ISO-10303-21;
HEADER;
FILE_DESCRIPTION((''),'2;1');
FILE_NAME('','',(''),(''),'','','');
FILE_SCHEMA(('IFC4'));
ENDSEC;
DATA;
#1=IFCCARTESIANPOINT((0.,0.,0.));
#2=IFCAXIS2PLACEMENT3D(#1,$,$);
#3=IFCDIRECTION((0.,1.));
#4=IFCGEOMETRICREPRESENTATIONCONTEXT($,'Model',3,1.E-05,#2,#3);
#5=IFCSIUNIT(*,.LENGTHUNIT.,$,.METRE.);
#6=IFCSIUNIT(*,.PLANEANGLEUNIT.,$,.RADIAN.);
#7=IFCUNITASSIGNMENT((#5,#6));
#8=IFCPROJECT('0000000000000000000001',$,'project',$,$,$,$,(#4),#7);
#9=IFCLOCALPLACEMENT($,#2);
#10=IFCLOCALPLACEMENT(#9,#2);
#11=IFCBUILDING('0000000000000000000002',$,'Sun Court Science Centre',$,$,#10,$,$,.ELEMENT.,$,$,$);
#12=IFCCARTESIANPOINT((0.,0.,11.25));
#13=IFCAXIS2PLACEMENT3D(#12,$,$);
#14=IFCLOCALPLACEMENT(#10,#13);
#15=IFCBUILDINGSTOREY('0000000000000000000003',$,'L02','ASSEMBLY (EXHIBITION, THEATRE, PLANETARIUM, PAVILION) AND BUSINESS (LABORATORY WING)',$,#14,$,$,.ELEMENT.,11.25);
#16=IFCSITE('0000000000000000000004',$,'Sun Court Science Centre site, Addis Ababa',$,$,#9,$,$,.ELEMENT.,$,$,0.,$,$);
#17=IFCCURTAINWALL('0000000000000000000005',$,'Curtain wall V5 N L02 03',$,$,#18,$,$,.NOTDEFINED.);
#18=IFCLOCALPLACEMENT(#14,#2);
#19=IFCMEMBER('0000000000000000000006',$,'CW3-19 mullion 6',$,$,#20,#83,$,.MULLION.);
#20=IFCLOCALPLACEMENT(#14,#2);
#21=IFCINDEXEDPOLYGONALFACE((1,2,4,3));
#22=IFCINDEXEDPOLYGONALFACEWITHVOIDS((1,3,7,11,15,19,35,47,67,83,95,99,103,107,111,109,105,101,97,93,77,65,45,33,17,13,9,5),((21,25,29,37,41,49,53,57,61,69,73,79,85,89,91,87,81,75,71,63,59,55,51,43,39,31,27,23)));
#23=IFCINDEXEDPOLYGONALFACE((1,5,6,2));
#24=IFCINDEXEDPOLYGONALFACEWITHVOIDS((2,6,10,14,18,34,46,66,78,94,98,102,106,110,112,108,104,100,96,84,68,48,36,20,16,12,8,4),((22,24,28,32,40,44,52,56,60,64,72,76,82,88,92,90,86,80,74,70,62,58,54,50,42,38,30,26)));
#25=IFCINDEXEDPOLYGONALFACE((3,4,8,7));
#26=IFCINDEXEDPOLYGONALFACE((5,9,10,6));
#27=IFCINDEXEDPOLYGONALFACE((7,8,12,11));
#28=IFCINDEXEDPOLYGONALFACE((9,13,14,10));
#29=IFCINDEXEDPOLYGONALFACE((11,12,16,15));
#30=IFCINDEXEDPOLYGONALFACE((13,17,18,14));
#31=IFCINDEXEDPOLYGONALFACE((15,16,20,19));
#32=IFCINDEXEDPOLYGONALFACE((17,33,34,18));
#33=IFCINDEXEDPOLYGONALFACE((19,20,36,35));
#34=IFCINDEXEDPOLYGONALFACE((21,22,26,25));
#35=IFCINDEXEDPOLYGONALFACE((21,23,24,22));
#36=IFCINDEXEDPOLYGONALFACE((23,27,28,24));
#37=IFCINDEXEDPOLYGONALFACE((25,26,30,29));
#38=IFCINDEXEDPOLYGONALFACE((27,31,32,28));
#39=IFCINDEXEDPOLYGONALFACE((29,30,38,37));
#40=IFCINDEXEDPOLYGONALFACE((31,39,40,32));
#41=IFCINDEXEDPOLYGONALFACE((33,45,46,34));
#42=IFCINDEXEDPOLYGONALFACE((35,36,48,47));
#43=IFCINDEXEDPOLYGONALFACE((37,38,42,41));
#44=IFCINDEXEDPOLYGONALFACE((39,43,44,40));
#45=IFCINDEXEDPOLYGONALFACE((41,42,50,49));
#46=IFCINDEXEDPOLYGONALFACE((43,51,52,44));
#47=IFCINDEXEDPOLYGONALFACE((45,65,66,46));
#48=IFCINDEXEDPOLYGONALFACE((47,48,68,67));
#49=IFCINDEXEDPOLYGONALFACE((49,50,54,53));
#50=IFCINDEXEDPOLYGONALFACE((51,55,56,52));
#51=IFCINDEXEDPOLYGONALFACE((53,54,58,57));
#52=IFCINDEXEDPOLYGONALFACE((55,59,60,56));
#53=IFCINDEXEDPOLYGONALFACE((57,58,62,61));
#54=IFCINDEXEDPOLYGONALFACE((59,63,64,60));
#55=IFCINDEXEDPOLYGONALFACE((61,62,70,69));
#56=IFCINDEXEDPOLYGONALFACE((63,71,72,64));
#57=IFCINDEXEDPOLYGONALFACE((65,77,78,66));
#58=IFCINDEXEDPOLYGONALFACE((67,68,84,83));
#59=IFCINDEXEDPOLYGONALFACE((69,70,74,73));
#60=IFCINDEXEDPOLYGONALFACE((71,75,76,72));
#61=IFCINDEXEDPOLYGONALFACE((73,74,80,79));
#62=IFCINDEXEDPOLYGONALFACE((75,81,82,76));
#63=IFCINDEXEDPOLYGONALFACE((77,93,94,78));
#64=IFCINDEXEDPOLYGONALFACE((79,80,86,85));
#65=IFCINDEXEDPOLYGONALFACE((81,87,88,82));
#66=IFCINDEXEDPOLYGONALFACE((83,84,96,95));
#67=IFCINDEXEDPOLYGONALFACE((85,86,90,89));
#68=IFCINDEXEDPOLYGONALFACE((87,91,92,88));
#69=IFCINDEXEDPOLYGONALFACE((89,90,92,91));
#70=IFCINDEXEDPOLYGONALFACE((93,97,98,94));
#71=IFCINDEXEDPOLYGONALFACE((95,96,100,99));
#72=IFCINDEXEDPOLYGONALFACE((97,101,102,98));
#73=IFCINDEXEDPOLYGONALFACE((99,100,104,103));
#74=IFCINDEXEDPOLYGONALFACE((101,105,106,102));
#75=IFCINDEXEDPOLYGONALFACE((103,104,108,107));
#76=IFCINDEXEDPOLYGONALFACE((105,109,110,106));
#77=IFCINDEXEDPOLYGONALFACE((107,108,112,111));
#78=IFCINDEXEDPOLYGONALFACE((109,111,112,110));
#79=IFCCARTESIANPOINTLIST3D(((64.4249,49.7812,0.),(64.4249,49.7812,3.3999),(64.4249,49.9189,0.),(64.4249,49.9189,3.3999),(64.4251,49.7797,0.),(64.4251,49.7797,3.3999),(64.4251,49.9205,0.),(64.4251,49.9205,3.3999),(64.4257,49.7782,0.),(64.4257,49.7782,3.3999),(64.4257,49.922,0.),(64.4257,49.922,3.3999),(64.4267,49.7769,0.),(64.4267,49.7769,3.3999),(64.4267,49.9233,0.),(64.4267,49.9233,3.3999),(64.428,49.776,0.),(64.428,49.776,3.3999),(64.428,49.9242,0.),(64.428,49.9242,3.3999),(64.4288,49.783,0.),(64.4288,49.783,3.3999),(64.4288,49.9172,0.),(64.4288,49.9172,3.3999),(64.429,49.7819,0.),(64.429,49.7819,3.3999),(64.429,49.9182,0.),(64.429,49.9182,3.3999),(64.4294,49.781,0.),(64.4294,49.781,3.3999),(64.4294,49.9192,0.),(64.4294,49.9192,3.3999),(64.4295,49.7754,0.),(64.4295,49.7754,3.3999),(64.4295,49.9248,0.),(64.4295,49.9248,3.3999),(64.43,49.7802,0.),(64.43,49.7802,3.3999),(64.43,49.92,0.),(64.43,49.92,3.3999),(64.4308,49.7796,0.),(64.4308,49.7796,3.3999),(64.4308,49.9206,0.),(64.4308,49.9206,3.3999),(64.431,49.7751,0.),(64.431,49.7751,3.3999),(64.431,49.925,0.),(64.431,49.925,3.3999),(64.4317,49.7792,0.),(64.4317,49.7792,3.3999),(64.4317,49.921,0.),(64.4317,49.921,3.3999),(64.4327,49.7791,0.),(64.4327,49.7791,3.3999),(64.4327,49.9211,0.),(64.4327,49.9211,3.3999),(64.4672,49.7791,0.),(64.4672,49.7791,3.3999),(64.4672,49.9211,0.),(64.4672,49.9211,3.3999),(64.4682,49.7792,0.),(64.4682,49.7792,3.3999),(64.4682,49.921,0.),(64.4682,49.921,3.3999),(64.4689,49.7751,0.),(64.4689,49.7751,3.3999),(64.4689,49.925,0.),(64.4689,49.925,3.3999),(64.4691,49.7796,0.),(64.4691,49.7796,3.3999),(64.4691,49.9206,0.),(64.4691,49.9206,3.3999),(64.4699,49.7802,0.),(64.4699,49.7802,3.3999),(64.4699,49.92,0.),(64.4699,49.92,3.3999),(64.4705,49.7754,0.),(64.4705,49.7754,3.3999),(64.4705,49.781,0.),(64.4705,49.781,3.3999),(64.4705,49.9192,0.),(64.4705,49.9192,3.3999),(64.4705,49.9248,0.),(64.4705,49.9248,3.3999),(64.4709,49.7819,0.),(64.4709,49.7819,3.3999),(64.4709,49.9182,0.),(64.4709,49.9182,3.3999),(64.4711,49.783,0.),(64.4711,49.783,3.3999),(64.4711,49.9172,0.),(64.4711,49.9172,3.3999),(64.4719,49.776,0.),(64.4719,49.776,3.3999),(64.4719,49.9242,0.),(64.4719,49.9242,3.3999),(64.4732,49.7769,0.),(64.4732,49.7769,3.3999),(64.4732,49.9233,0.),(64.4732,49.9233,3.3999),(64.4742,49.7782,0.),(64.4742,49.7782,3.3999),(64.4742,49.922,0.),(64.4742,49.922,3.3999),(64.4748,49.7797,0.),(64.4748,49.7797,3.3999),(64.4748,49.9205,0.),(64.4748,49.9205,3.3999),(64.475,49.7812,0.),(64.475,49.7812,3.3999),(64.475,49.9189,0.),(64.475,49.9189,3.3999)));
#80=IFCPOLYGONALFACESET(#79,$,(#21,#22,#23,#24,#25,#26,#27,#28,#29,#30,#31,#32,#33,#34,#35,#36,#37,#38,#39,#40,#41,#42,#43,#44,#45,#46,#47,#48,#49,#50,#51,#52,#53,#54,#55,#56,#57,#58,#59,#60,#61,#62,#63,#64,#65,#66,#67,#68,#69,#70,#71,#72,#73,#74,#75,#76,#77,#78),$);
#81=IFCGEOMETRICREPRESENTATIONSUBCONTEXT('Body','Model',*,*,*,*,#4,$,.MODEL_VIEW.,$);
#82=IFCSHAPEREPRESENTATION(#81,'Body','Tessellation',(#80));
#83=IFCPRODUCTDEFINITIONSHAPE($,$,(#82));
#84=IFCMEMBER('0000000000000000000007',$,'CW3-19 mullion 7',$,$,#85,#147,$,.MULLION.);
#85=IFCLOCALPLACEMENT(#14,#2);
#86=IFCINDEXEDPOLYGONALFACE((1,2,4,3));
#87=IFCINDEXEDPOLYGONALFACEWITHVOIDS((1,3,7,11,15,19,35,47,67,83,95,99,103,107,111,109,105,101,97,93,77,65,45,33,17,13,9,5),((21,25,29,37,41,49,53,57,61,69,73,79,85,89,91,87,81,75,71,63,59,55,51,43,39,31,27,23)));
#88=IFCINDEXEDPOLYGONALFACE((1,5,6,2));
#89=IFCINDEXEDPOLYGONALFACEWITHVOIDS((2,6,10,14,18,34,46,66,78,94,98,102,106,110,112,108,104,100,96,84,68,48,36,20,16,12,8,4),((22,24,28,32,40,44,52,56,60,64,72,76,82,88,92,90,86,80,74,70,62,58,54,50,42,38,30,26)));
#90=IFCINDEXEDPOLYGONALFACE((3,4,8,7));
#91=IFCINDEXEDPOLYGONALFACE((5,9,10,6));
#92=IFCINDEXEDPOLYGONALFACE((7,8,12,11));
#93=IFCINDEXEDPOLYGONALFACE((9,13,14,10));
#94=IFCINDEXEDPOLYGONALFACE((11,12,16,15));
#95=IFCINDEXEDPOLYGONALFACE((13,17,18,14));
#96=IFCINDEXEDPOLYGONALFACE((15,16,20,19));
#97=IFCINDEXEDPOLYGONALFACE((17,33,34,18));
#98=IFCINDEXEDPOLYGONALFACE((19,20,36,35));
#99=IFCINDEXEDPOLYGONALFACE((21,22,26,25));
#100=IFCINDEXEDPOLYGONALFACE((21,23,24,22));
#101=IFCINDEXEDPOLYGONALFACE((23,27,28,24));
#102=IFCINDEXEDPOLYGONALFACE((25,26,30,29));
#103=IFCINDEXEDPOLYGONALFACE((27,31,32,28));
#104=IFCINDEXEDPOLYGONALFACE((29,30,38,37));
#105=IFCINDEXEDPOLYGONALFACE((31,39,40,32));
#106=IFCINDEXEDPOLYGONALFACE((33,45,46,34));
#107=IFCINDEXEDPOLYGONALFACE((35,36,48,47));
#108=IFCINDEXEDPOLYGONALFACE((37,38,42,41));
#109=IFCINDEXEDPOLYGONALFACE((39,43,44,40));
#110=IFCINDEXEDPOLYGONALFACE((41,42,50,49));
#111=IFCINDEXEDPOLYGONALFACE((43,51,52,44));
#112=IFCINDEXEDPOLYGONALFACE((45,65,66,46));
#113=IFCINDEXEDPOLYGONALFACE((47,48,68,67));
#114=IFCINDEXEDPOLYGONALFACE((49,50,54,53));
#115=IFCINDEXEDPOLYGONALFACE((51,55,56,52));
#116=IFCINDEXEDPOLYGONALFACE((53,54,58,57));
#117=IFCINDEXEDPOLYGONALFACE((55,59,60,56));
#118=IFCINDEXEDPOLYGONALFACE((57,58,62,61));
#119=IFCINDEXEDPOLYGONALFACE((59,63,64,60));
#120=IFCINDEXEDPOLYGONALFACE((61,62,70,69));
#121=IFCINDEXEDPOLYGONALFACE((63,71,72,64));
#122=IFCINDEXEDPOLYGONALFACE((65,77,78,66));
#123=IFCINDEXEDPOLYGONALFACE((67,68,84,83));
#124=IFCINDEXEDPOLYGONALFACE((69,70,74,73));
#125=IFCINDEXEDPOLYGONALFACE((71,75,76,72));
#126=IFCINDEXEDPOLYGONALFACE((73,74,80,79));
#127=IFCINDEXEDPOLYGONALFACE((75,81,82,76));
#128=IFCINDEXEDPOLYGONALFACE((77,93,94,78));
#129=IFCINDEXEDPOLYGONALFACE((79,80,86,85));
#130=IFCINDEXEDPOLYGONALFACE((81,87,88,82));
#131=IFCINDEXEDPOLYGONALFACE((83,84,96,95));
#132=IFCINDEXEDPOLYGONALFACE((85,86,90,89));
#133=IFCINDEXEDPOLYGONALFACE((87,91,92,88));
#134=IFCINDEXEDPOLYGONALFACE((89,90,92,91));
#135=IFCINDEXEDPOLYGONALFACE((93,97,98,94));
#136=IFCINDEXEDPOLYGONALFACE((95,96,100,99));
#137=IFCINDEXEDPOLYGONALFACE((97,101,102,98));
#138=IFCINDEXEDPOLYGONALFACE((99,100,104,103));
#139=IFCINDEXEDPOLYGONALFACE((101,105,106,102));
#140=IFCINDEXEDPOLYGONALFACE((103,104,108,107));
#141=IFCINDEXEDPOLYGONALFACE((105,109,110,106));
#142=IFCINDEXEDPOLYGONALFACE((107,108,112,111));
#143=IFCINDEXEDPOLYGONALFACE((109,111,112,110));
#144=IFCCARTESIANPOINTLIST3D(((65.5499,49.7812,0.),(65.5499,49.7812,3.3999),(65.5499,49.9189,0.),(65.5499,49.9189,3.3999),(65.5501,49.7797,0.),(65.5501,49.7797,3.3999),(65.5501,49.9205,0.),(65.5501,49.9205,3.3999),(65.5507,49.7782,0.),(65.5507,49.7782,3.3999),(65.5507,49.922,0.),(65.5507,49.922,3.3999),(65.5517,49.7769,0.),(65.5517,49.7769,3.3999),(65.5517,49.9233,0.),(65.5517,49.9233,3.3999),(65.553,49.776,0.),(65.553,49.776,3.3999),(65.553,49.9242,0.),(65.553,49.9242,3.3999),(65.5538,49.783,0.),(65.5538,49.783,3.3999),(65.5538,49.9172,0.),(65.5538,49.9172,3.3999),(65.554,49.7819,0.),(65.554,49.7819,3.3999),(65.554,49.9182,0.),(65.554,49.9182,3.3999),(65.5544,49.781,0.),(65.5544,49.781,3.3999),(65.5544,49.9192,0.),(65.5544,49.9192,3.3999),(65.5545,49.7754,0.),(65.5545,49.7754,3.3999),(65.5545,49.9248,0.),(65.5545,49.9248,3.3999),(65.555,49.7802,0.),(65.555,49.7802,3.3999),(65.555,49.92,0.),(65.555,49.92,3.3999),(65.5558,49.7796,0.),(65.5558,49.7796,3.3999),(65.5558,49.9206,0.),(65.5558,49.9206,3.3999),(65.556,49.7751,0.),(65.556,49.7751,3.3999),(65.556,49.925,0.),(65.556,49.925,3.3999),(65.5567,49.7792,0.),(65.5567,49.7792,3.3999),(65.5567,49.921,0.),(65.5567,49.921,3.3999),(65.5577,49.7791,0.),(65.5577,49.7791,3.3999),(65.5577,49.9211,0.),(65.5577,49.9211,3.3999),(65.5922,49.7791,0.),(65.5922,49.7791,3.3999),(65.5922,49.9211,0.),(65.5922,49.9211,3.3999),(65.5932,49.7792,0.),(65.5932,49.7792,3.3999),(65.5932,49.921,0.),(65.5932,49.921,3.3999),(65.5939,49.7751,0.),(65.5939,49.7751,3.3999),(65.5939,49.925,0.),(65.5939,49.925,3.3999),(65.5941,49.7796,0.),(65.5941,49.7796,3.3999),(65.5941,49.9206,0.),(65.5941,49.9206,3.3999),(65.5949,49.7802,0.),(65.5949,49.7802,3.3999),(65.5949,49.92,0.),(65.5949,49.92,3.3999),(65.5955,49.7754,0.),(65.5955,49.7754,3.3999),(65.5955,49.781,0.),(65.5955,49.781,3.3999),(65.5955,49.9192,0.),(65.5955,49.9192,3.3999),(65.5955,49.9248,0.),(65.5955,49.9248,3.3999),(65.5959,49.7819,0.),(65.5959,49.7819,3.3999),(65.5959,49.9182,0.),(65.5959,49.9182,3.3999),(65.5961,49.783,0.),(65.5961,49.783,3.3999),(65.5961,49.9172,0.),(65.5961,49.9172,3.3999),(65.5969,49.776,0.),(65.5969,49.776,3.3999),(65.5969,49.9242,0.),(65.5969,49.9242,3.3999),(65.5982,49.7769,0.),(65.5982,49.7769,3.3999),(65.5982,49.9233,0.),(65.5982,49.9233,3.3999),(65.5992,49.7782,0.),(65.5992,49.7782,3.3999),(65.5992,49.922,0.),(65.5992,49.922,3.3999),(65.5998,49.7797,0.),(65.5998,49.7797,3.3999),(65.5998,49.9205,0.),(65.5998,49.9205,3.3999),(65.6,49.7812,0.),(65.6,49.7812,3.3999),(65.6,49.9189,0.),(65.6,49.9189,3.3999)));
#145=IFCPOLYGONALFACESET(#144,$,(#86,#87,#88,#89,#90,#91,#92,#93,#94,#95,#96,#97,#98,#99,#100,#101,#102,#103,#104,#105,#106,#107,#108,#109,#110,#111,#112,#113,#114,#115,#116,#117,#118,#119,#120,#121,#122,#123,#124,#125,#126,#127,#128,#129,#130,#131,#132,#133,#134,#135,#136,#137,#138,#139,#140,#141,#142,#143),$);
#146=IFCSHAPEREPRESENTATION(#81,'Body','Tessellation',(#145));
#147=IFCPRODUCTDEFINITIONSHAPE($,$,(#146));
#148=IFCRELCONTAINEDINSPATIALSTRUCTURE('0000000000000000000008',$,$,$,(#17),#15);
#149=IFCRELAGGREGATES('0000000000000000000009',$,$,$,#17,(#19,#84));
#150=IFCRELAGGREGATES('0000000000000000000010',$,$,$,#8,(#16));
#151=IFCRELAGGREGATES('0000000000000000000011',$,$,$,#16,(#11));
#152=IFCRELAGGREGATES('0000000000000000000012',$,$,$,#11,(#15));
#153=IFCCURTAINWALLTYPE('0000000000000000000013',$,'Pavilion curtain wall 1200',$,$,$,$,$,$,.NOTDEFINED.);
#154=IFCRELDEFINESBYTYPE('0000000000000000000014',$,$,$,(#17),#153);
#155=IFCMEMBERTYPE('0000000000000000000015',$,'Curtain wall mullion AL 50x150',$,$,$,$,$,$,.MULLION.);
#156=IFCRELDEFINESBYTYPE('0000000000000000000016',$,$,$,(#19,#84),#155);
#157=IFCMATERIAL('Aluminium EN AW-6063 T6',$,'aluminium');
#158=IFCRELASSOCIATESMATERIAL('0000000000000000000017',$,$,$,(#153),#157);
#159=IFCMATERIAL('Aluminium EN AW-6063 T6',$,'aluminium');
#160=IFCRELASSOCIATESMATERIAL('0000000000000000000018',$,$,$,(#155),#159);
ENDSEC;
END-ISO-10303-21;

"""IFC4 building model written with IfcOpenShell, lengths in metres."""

from ifc_helpers import new_model, si_unit, direction, frame, origin, origin_2d, place, context, subcontext, project, spatial, hollow_rectangle, extrude, material, material_profile, profile_set, type_object, element, aggregate, save


model = new_model("IFC4")

# Units and contexts
model_context = context("Model", 3, precision=1e-05, world=origin(), true_north=direction((0.0, 1.0)))
body_context = subcontext(model_context, "Body", "Model", "MODEL_VIEW")
ifc_project = project(units=[si_unit("LENGTHUNIT", "METRE"), si_unit("PLANEANGLEUNIT", "RADIAN")], contexts=[model_context])

# Site, building, storey
site_placement = place(None, origin())
site = spatial("IfcSite", under=ifc_project, at=site_placement, Name="Sun Court Science Centre site, Addis Ababa", CompositionType="ELEMENT", RefElevation=0.0)
building_placement = place(site_placement, origin())
building = spatial("IfcBuilding", under=site, at=building_placement, Name="Sun Court Science Centre", CompositionType="ELEMENT")
storey_placement = place(building_placement, frame((0.0, 0.0, 11.25)))
storey = spatial("IfcBuildingStorey", under=building, at=storey_placement, Name="L02", Description="ASSEMBLY (EXHIBITION, THEATRE, PLANETARIUM, PAVILION) AND BUSINESS (LABORATORY WING)", CompositionType="ELEMENT", Elevation=11.25)

# Curtain wall, members
ifc_material_1 = material(Name="Aluminium EN AW-6063 T6", Category="aluminium")
curtain_wall_type = type_object("IfcCurtainWallType", Name="Pavilion curtain wall 1200", PredefinedType="NOTDEFINED", material=ifc_material_1)
curtain_wall_placement = place(storey_placement, origin())
curtain_wall = element("IfcCurtainWall", 1, at=curtain_wall_placement, inside=storey, type_object=curtain_wall_type, Name="Curtain wall V5 N L02 03", PredefinedType="NOTDEFINED")
ifc_material_2 = material(Name="Aluminium EN AW-6063 T6", Category="aluminium")
ifc_material_profile_1 = material_profile(ifc_material_2, hollow_rectangle(XDim=0.05, YDim=0.1499, WallThickness=0.0039, InnerFilletRadius=0.0039, OuterFilletRadius=0.0061, at=origin_2d()), Name="AL 50x150x4")
ifc_profile_set_1 = profile_set([ifc_material_profile_1], Name="Aluminium EN AW-6063 T6")
member_type_1 = type_object("IfcMemberType", Name="Curtain wall mullion AL 50x150", PredefinedType="MULLION", material=ifc_profile_set_1)
member_1_placement = place(storey_placement, frame((64.45, 49.8501, 0.0), z_axis=(0.0, 0.0, 1.0), x_axis=(1.0, 0.0, 0.0)))
member_1 = element("IfcMember", 2, at=member_1_placement, type_object=member_type_1, Name="CW3-19 mullion 6", PredefinedType="MULLION", context=body_context, shape_type="SweptSolid", body=[
    extrude(hollow_rectangle(XDim=0.05, YDim=0.1499, WallThickness=0.0039, InnerFilletRadius=0.0039, OuterFilletRadius=0.0061, at=origin_2d()), origin(), (0.0, 0.0, 1.0), 3.3999),
])
member_2_placement = place(storey_placement, frame((65.575, 49.8501, 0.0), z_axis=(0.0, 0.0, 1.0), x_axis=(1.0, 0.0, 0.0)))
member_2 = element("IfcMember", 3, at=member_2_placement, type_object=member_type_1, Name="CW3-19 mullion 7", PredefinedType="MULLION", context=body_context, shape_type="SweptSolid", body=[
    extrude(hollow_rectangle(XDim=0.05, YDim=0.1499, WallThickness=0.0039, InnerFilletRadius=0.0039, OuterFilletRadius=0.0061, at=origin_2d()), origin(), (0.0, 0.0, 1.0), 3.3999),
])
aggregate(curtain_wall, [member_1, member_2])

save(model, "model.ifc")
